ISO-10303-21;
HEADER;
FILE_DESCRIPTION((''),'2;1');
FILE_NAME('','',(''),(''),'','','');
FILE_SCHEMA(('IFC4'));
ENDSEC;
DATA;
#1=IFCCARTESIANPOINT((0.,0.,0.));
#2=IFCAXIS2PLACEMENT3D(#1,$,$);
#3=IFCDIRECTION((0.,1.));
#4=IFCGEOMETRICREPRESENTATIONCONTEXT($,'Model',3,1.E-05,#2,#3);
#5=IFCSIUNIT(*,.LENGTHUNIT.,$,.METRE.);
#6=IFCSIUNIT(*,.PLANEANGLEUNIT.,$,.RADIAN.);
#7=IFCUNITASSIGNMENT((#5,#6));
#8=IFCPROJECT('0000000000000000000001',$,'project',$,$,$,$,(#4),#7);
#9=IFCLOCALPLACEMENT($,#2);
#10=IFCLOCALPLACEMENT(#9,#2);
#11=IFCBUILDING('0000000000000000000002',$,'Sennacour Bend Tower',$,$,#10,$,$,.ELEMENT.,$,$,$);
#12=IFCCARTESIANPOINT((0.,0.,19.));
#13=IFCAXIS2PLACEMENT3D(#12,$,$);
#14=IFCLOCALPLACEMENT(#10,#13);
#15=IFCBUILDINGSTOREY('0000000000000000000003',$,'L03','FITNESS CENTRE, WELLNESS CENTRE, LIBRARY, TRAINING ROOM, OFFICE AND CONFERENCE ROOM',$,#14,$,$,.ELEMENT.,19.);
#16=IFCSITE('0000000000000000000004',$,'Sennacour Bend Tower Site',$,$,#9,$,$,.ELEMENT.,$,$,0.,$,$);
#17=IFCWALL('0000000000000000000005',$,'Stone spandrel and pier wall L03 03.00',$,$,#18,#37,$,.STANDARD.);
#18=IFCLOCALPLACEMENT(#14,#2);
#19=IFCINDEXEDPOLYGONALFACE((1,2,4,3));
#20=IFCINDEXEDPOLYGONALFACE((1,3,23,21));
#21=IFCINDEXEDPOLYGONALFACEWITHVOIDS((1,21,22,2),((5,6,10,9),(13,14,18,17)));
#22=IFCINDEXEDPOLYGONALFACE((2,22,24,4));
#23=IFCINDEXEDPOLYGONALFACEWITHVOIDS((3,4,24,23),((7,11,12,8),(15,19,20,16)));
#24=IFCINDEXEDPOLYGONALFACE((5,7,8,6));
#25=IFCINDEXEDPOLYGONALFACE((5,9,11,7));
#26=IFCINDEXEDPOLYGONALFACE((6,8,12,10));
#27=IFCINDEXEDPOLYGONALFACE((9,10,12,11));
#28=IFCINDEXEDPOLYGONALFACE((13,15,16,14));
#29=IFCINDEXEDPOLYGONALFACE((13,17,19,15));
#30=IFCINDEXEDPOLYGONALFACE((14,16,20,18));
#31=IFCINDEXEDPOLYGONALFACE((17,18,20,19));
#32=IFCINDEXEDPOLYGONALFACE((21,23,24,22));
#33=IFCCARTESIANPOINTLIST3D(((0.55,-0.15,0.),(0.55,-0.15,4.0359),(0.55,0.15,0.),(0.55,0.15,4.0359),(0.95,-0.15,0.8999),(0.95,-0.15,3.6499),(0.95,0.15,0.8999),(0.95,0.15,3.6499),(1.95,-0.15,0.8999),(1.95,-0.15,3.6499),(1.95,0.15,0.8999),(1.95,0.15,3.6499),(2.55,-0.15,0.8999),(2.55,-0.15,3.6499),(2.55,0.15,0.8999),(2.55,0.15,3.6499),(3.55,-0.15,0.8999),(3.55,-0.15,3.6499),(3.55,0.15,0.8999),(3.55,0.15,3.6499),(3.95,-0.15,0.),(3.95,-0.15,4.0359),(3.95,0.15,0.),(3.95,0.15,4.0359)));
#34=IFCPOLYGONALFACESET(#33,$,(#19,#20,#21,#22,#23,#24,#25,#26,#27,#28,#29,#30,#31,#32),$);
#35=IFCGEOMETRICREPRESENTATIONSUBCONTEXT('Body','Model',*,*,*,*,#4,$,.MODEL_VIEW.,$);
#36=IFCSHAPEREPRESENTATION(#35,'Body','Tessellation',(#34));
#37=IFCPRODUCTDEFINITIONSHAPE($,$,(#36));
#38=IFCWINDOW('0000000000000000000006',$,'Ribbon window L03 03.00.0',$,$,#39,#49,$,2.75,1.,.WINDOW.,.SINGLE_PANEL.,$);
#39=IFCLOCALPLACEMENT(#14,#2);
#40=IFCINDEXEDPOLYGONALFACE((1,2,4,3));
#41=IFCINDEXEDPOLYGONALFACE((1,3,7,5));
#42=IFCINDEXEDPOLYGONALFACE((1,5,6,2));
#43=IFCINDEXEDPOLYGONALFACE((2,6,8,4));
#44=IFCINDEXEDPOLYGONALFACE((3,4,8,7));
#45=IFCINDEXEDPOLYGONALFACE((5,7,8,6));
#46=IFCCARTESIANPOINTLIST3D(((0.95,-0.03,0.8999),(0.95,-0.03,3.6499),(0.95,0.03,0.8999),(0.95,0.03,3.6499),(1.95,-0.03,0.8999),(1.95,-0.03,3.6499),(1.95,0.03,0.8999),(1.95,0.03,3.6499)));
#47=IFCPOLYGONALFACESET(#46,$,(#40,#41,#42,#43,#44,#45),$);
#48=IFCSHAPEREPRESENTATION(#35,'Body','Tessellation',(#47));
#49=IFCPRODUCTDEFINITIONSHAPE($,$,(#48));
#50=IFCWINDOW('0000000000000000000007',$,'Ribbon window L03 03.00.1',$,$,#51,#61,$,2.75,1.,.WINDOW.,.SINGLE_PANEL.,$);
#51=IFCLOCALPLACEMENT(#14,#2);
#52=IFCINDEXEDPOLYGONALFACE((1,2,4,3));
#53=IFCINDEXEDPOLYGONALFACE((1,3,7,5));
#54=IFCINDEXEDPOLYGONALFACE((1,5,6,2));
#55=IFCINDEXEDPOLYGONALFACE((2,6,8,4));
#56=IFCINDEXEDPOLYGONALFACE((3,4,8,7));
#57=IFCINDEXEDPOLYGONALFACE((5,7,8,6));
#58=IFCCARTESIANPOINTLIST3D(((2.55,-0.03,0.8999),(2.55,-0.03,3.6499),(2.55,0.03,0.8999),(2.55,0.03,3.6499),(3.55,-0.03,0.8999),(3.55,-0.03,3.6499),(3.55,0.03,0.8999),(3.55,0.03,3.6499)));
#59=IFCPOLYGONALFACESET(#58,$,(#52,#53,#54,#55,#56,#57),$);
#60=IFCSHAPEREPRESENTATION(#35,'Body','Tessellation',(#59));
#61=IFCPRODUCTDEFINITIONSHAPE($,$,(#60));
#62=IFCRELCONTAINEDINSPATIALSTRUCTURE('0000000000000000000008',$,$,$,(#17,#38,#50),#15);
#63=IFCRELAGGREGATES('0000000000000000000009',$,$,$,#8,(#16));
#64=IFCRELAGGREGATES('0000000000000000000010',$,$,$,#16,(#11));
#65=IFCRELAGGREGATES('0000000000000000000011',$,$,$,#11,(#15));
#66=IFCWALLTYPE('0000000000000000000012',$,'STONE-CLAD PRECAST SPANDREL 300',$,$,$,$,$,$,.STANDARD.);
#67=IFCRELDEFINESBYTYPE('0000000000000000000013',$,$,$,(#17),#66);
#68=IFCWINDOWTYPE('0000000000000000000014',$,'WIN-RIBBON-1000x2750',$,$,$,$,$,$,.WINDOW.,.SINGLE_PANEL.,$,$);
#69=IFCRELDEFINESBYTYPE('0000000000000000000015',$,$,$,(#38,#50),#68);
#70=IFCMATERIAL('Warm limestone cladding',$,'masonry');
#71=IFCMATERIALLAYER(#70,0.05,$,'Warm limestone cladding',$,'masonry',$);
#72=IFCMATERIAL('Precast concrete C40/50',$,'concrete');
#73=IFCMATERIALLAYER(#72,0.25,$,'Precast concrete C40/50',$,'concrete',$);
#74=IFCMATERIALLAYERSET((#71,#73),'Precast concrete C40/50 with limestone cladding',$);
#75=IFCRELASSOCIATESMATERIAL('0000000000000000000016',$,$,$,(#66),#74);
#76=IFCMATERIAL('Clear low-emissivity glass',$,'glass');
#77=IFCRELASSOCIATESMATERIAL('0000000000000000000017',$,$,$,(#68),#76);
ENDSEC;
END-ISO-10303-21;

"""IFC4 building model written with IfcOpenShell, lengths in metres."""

from ifc_helpers import new_model, si_unit, direction, frame, frame_2d, origin, place, context, subcontext, project, spatial, rectangle, extrude, material, layer, layer_set, type_object, element, fill, save


model = new_model("IFC4")

# Units and contexts
model_context = context("Model", 3, precision=1e-05, world=origin(), true_north=direction((0.0, 1.0)))
body_context = subcontext(model_context, "Body", "Model", "MODEL_VIEW")
ifc_project = project(units=[si_unit("LENGTHUNIT", "METRE"), si_unit("PLANEANGLEUNIT", "RADIAN")], contexts=[model_context])

# Site, building, storey
site_placement = place(None, origin())
site = spatial("IfcSite", under=ifc_project, at=site_placement, Name="Sennacour Bend Tower Site", CompositionType="ELEMENT", RefElevation=0.0)
building_placement = place(site_placement, origin())
building = spatial("IfcBuilding", under=site, at=building_placement, Name="Sennacour Bend Tower", CompositionType="ELEMENT")
storey_placement = place(building_placement, frame((0.0, 0.0, 19.0)))
storey = spatial("IfcBuildingStorey", under=building, at=storey_placement, Name="L03", Description="FITNESS CENTRE, WELLNESS CENTRE, LIBRARY, TRAINING ROOM, OFFICE AND CONFERENCE ROOM", CompositionType="ELEMENT", Elevation=19.0)

# Wall, openings, windows
ifc_material_1 = material(Name="Warm limestone cladding", Category="masonry")
ifc_layer_1 = layer(ifc_material_1, 0.05, Name="Warm limestone cladding", Category="masonry")
ifc_material_2 = material(Name="Precast concrete C40/50", Category="concrete")
ifc_layer_2 = layer(ifc_material_2, 0.25, Name="Precast concrete C40/50", Category="concrete")
ifc_layer_set_1 = layer_set([ifc_layer_1, ifc_layer_2], Name="Precast concrete C40/50 with limestone cladding")
wall_type_1 = type_object("IfcWallType", Name="STONE-CLAD PRECAST SPANDREL 300", PredefinedType="STANDARD", material=ifc_layer_set_1)
wall_1_placement = place(storey_placement, frame((0.55, 0.0, 0.0), z_axis=(0.0, 0.0, 1.0), x_axis=(1.0, 0.0, 0.0)))
wall_1 = element("IfcWall", 1, at=wall_1_placement, inside=storey, type_object=wall_type_1, Name="Stone spandrel and pier wall L03 03.00", PredefinedType="STANDARD", context=body_context, shape_type="SweptSolid", body=[
    extrude(rectangle(XDim=3.3999, YDim=0.3, at=frame_2d((1.7, 0.0))), origin(), (0.0, 0.0, 1.0), 4.0359),
])
opening_1_placement = place(wall_1_placement, frame((0.3999, 0.0, 0.8999)))
opening_1 = element("IfcOpeningElement", 2, at=opening_1_placement, cuts=wall_1, PredefinedType="OPENING", context=body_context, shape_type="SweptSolid", body=[
    extrude(rectangle(XDim=1.0, YDim=2.75, at=frame_2d((0.5, 1.375))), frame((0.0, 0.1602, 0.0), z_axis=(0.0, -1.0, 0.0), x_axis=(1.0, 0.0, 0.0)), (0.0, 0.0, 1.0), 0.3201),
])
opening_2_placement = place(wall_1_placement, frame((2.0, 0.0, 0.8999)))
opening_2 = element("IfcOpeningElement", 3, at=opening_2_placement, cuts=wall_1, PredefinedType="OPENING", context=body_context, shape_type="SweptSolid", body=[
    extrude(rectangle(XDim=1.0, YDim=2.75, at=frame_2d((0.5, 1.375))), frame((0.0, 0.1602, 0.0), z_axis=(0.0, -1.0, 0.0), x_axis=(1.0, 0.0, 0.0)), (0.0, 0.0, 1.0), 0.3201),
])
ifc_material_3 = material(Name="Clear low-emissivity glass", Category="glass")
window_type = type_object("IfcWindowType", Name="WIN-RIBBON-1000x2750", PartitioningType="SINGLE_PANEL", PredefinedType="WINDOW", material=ifc_material_3)
window_1_placement = place(opening_1_placement, origin())
window_1 = element("IfcWindow", 4, at=window_1_placement, inside=storey, type_object=window_type, Name="Ribbon window L03 03.00.0", OverallHeight=2.75, OverallWidth=1.0, PartitioningType="SINGLE_PANEL", PredefinedType="WINDOW", context=body_context, shape_type="SweptSolid", body=[
    extrude(rectangle(XDim=1.0, YDim=2.75, at=frame_2d((0.5, 1.375))), frame((0.0, 0.03, 0.0), z_axis=(0.0, -1.0, 0.0), x_axis=(1.0, 0.0, 0.0)), (0.0, 0.0, 1.0), 0.0601),
])
fill(opening_1, window_1)
window_2_placement = place(opening_2_placement, origin())
window_2 = element("IfcWindow", 5, at=window_2_placement, inside=storey, type_object=window_type, Name="Ribbon window L03 03.00.1", OverallHeight=2.75, OverallWidth=1.0, PartitioningType="SINGLE_PANEL", PredefinedType="WINDOW", context=body_context, shape_type="SweptSolid", body=[
    extrude(rectangle(XDim=1.0, YDim=2.75, at=frame_2d((0.5, 1.375))), frame((0.0, 0.03, 0.0), z_axis=(0.0, -1.0, 0.0), x_axis=(1.0, 0.0, 0.0)), (0.0, 0.0, 1.0), 0.0601),
])
fill(opening_2, window_2)

save(model, "model.ifc")
